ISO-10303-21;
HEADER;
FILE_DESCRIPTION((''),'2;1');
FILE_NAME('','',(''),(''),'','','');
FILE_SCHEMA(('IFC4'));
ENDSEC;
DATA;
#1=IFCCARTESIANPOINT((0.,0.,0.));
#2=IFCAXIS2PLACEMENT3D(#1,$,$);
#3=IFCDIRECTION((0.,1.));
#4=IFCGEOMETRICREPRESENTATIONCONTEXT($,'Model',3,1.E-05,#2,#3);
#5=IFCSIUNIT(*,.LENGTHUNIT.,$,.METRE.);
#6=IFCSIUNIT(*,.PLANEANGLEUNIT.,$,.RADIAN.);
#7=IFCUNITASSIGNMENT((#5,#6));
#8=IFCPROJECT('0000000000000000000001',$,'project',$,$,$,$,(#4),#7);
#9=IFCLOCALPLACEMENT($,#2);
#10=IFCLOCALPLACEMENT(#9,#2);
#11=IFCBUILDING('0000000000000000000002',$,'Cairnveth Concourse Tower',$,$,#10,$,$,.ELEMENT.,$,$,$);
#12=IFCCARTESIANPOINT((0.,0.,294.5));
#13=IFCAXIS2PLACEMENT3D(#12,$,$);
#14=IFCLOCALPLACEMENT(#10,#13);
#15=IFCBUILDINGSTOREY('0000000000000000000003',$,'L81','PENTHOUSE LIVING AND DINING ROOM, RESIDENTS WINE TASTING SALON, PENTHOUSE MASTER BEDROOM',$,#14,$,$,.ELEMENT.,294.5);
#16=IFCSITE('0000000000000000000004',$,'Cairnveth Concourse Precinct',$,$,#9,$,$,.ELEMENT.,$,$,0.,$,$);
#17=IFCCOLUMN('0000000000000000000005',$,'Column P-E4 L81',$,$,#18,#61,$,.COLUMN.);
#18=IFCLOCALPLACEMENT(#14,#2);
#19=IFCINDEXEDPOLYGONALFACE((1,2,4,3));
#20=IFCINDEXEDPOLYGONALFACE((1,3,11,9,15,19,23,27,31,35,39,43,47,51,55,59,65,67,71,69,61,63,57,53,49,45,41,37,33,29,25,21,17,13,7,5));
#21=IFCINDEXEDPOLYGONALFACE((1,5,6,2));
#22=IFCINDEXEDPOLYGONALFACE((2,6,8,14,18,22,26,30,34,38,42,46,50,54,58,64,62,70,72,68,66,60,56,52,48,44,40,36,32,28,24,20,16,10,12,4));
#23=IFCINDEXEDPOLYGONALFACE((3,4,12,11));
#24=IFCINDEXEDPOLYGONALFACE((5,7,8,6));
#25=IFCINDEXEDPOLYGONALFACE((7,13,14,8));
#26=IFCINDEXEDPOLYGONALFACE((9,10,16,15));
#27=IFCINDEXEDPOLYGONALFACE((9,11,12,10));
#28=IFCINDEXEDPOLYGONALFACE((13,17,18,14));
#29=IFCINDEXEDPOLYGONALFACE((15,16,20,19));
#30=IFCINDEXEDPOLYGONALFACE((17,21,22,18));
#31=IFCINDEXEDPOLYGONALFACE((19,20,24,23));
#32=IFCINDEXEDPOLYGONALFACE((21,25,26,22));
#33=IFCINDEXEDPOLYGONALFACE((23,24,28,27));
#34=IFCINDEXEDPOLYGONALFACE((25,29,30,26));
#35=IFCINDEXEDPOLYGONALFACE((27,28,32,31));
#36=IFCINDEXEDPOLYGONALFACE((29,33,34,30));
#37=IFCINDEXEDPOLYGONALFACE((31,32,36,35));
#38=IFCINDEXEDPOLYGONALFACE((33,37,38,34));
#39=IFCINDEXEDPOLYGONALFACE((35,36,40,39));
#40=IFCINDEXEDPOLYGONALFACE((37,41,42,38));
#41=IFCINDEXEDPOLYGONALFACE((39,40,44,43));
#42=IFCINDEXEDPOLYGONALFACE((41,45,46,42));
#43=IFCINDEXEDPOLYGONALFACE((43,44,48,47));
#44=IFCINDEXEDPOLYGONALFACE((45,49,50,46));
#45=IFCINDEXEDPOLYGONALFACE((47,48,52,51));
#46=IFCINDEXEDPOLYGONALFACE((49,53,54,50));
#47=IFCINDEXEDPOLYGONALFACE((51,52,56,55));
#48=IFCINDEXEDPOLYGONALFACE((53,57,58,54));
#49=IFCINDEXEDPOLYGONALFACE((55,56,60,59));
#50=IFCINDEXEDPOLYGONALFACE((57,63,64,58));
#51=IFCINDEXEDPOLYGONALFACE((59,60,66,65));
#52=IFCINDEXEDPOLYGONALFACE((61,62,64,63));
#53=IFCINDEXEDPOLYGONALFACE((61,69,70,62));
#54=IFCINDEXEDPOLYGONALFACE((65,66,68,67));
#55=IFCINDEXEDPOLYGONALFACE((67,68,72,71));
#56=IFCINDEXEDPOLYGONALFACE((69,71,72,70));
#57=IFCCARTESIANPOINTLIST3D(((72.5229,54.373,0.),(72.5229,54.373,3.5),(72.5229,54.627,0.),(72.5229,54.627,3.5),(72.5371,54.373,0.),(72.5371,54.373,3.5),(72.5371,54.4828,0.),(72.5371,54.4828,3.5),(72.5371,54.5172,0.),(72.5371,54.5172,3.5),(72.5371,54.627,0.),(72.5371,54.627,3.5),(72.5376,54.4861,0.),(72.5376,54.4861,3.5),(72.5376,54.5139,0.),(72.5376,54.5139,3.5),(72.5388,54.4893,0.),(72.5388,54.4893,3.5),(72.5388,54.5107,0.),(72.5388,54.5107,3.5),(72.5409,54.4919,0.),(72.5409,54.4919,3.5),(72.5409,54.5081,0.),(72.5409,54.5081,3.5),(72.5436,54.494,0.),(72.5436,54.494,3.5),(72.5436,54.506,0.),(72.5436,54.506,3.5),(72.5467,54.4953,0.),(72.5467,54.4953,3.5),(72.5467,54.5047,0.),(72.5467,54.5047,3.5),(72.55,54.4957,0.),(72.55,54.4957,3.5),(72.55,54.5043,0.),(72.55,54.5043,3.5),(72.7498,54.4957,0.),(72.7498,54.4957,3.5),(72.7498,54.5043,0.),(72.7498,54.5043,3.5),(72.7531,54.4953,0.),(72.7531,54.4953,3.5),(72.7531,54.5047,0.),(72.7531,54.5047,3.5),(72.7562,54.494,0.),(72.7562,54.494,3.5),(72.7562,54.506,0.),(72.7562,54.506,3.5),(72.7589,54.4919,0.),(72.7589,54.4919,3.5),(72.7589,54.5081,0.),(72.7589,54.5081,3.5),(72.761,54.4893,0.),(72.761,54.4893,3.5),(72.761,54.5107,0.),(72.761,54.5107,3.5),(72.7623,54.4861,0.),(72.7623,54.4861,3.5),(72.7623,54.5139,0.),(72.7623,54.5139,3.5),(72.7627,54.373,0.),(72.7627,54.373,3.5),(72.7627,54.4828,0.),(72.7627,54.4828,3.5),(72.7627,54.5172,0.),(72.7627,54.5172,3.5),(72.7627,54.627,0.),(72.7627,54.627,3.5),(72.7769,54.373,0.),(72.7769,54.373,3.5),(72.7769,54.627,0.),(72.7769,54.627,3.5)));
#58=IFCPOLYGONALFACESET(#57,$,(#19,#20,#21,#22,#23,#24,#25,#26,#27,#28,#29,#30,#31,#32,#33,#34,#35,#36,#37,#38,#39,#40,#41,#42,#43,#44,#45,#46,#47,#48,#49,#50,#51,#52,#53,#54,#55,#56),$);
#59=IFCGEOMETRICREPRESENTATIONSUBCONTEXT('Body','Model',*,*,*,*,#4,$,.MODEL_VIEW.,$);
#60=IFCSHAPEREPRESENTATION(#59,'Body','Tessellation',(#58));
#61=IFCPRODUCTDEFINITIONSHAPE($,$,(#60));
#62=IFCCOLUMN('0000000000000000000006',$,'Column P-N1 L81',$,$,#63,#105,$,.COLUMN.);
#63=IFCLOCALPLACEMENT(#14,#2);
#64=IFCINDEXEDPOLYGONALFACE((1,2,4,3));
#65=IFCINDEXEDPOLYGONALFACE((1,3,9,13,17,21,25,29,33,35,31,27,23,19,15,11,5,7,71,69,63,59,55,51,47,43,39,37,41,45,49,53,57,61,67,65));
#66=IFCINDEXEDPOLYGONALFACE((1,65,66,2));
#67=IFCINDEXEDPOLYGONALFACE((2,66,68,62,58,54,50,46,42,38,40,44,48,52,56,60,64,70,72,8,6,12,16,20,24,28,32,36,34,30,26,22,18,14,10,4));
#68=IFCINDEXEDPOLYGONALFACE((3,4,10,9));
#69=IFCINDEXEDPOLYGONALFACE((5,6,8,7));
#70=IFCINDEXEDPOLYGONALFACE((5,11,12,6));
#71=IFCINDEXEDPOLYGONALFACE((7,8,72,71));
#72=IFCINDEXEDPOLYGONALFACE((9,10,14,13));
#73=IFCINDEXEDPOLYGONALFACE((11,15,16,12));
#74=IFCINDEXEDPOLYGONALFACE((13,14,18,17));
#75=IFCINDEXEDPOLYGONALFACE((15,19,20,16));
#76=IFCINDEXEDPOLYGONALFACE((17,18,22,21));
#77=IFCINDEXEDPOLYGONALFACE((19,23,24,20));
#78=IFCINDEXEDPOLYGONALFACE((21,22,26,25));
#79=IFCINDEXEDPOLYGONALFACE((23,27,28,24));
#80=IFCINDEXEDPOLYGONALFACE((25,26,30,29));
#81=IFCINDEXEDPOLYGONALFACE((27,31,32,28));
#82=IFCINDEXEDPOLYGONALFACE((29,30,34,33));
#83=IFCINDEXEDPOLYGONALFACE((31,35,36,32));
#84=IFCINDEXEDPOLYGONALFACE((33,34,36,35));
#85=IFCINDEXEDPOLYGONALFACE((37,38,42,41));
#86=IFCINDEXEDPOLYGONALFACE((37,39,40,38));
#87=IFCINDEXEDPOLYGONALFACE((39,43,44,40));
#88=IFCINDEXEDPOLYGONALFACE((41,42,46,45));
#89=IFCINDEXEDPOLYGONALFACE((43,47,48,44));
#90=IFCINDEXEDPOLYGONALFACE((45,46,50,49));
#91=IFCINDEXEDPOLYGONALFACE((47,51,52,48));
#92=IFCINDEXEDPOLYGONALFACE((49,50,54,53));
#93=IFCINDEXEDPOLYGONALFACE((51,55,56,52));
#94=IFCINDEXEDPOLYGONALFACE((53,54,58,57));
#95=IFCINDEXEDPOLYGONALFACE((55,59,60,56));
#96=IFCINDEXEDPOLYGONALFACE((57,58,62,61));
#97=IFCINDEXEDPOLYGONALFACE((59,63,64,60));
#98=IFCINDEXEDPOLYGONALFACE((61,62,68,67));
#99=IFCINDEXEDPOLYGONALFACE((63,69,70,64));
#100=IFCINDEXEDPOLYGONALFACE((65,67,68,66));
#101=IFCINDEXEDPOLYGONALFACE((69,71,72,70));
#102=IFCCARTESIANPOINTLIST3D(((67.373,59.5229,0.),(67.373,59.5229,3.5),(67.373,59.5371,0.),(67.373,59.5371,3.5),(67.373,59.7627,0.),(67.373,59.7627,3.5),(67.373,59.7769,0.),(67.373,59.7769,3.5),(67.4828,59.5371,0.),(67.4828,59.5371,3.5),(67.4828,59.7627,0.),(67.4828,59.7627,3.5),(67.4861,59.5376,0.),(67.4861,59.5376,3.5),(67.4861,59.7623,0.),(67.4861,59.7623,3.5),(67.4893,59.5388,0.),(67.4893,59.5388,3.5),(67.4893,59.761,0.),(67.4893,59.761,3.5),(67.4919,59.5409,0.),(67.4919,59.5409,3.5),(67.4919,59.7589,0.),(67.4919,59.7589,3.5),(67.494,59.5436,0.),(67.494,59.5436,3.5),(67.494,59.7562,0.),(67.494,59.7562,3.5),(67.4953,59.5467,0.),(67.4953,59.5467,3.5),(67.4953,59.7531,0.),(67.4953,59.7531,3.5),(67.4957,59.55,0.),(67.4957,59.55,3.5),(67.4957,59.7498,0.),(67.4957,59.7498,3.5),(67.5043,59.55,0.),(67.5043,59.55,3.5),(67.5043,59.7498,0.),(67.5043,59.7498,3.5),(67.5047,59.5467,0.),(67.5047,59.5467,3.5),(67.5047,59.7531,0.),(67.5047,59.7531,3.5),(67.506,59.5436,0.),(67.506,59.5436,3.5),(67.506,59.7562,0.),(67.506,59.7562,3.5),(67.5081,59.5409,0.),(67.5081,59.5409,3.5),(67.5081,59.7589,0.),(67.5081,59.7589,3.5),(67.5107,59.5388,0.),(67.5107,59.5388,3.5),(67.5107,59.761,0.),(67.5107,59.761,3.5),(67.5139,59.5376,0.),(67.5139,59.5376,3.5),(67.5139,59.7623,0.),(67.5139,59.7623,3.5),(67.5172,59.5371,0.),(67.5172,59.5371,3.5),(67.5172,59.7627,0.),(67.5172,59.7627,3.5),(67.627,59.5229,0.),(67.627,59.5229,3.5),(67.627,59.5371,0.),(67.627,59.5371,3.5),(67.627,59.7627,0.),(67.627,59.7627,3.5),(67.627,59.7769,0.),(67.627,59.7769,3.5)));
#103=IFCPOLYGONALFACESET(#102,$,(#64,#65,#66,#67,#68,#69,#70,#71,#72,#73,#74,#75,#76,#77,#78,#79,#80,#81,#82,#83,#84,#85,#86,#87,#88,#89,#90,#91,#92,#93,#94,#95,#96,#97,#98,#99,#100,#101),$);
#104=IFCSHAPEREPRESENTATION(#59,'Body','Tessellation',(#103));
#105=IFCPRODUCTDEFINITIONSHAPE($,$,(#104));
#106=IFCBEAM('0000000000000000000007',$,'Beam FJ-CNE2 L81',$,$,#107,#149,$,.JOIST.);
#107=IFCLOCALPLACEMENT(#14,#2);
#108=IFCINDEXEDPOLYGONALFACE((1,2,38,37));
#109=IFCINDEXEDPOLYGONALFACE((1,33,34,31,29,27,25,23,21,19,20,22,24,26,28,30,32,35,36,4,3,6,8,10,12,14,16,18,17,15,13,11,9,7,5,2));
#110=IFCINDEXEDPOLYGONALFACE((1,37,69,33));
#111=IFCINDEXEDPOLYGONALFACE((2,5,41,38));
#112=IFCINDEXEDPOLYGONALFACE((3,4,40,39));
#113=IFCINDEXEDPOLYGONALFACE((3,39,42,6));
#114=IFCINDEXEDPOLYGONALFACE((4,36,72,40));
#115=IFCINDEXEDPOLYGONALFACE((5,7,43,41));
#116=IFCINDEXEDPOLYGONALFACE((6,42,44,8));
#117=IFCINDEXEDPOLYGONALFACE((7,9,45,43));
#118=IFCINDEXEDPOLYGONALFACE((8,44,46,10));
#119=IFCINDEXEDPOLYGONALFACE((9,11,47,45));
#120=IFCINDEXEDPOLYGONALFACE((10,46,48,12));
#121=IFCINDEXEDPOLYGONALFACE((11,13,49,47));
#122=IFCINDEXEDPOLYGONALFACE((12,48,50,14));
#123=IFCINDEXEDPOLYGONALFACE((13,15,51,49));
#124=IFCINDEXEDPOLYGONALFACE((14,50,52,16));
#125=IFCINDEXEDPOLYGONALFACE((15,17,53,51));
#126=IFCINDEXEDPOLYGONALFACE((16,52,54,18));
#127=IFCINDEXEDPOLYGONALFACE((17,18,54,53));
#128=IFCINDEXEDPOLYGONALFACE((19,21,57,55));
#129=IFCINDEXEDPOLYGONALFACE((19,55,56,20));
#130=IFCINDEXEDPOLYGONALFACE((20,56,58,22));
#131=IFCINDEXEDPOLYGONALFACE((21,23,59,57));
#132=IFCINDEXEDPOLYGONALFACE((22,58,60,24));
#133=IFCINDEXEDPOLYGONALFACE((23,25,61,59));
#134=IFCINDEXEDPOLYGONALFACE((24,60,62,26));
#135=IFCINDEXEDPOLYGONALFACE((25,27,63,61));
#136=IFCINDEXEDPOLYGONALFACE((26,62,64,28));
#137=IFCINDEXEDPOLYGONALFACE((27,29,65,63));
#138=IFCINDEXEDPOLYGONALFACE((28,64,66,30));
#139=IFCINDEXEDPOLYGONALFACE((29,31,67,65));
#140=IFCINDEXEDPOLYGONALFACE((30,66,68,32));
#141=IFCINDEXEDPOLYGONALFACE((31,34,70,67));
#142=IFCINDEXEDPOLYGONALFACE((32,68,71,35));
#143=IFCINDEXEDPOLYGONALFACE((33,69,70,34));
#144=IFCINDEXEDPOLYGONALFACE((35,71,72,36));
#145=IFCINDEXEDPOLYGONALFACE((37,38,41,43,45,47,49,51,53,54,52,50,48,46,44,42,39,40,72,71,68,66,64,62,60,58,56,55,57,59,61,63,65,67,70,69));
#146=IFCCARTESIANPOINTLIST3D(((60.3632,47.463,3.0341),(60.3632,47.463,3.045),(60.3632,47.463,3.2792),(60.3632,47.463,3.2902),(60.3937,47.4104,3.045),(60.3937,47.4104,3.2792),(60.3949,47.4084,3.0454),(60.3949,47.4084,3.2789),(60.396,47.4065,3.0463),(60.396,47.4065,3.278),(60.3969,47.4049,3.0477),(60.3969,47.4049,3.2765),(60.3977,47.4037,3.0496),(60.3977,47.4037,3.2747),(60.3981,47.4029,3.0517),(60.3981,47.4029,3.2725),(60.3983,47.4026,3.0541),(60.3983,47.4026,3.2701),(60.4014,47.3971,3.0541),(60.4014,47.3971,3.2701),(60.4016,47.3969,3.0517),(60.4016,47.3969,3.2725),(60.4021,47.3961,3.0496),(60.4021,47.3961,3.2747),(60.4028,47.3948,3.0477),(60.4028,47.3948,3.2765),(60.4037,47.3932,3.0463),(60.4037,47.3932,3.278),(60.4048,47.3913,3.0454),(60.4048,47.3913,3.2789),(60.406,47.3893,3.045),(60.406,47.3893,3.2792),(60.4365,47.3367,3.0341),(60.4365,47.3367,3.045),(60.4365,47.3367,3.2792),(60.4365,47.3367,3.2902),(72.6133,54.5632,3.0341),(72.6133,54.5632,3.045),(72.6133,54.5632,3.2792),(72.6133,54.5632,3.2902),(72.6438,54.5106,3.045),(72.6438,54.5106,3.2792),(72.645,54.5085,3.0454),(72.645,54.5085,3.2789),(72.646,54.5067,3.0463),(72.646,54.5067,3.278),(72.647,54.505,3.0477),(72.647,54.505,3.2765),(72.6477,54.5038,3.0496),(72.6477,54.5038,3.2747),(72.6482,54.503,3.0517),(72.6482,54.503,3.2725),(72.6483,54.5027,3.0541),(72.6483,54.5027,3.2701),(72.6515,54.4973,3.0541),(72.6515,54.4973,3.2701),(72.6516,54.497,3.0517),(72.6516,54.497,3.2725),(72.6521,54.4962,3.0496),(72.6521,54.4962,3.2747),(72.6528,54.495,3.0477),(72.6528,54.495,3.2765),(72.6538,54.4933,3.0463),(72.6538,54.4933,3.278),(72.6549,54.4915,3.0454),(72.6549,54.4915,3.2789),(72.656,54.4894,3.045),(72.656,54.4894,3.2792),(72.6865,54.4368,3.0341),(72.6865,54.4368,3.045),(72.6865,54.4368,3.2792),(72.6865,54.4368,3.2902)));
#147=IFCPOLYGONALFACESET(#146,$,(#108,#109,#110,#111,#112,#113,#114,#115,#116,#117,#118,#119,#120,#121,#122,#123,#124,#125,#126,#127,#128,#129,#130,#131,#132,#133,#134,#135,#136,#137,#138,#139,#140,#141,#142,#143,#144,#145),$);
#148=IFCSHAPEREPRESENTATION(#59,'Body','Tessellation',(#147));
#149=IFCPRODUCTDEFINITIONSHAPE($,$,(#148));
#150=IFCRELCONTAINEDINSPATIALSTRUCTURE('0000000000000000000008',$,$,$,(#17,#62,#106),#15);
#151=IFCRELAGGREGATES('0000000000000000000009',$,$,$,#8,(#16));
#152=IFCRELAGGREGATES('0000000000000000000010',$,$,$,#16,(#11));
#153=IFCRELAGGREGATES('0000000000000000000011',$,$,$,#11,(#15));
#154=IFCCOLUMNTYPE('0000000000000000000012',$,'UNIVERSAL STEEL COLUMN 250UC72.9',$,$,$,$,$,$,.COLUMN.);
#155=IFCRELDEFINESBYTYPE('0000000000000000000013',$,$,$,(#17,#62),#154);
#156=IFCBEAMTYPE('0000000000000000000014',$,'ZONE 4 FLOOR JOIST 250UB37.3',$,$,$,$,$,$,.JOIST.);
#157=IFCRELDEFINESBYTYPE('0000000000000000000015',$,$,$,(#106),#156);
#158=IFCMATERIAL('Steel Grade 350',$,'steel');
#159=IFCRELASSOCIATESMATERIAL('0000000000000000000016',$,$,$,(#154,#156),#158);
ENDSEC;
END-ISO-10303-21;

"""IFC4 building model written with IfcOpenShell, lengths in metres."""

from ifc_helpers import new_model, si_unit, direction, frame, origin, origin_2d, place, context, subcontext, project, spatial, i_section, extrude, material, material_profile, profile_set, type_object, element, save


model = new_model("IFC4")

# Units and contexts
model_context = context("Model", 3, precision=1e-05, world=origin(), true_north=direction((0.0, 1.0)))
body_context = subcontext(model_context, "Body", "Model", "MODEL_VIEW")
ifc_project = project(units=[si_unit("LENGTHUNIT", "METRE"), si_unit("PLANEANGLEUNIT", "RADIAN")], contexts=[model_context])

# Site, building, storey
site_placement = place(None, origin())
site = spatial("IfcSite", under=ifc_project, at=site_placement, Name="Cairnveth Concourse Precinct", CompositionType="ELEMENT", RefElevation=0.0)
building_placement = place(site_placement, origin())
building = spatial("IfcBuilding", under=site, at=building_placement, Name="Cairnveth Concourse Tower", CompositionType="ELEMENT")
storey_placement = place(building_placement, frame((0.0, 0.0, 294.5)))
storey = spatial("IfcBuildingStorey", under=building, at=storey_placement, Name="L81", Description="PENTHOUSE LIVING AND DINING ROOM, RESIDENTS WINE TASTING SALON, PENTHOUSE MASTER BEDROOM", CompositionType="ELEMENT", Elevation=294.5)

# Columns
ifc_material_1 = material(Name="Steel Grade 350", Category="steel")
ifc_material_profile_1 = material_profile(ifc_material_1, i_section(OverallWidth=0.2539, OverallDepth=0.2539, WebThickness=0.0085, FlangeThickness=0.0142, FilletRadius=0.0129, at=origin_2d()), Name="250UC72.9")
ifc_profile_set_1 = profile_set([ifc_material_profile_1], Name="Steel Grade 350")
column_type = type_object("IfcColumnType", Name="UNIVERSAL STEEL COLUMN 250UC72.9", PredefinedType="COLUMN", material=ifc_profile_set_1)
for number, where, z_axis, x_axis, name in (
    (1, (72.6499, 54.5, 0.0), (0.0, 0.0, 1.0), (0.0, 1.0, 0.0), "Column P-E4 L81"),
    (2, (67.5, 59.6499, 0.0), (0.0, 0.0, 1.0), (1.0, 0.0, 0.0), "Column P-N1 L81"),
):
    element("IfcColumn", number, at=place(storey_placement, frame(where, z_axis=z_axis, x_axis=x_axis)), inside=storey, type_object=column_type, Name=name, PredefinedType="COLUMN", context=body_context, shape_type="SweptSolid", body=[
        extrude(i_section(OverallWidth=0.2539, OverallDepth=0.2539, WebThickness=0.0085, FlangeThickness=0.0142, FilletRadius=0.0129, at=origin_2d()), origin(), (0.0, 0.0, 1.0), 3.5),
    ])

# Beam
ifc_material_profile_2 = material_profile(ifc_material_1, i_section(OverallWidth=0.146, OverallDepth=0.2561, WebThickness=0.0063, FlangeThickness=0.011, FilletRadius=0.009, at=origin_2d()), Name="250UB37.3")
ifc_profile_set_2 = profile_set([ifc_material_profile_2], Name="Steel Grade 350")
beam_type_1 = type_object("IfcBeamType", Name="ZONE 4 FLOOR JOIST 250UB37.3", PredefinedType="JOIST", material=ifc_profile_set_2)
beam_1_placement = place(storey_placement, frame((72.6499, 54.5, 3.1621), z_axis=(-0.865181, -0.501459, 0.0), x_axis=(0.501459, -0.865181, 0.0)))
element("IfcBeam", 3, at=beam_1_placement, inside=storey, type_object=beam_type_1, Name="Beam FJ-CNE2 L81", PredefinedType="JOIST", context=body_context, shape_type="SweptSolid", body=[
    extrude(i_section(OverallWidth=0.146, OverallDepth=0.2561, WebThickness=0.0063, FlangeThickness=0.011, FilletRadius=0.009, at=origin_2d()), origin(), (0.0, 0.0, 1.0), 14.1589),
])

save(model, "model.ifc")
